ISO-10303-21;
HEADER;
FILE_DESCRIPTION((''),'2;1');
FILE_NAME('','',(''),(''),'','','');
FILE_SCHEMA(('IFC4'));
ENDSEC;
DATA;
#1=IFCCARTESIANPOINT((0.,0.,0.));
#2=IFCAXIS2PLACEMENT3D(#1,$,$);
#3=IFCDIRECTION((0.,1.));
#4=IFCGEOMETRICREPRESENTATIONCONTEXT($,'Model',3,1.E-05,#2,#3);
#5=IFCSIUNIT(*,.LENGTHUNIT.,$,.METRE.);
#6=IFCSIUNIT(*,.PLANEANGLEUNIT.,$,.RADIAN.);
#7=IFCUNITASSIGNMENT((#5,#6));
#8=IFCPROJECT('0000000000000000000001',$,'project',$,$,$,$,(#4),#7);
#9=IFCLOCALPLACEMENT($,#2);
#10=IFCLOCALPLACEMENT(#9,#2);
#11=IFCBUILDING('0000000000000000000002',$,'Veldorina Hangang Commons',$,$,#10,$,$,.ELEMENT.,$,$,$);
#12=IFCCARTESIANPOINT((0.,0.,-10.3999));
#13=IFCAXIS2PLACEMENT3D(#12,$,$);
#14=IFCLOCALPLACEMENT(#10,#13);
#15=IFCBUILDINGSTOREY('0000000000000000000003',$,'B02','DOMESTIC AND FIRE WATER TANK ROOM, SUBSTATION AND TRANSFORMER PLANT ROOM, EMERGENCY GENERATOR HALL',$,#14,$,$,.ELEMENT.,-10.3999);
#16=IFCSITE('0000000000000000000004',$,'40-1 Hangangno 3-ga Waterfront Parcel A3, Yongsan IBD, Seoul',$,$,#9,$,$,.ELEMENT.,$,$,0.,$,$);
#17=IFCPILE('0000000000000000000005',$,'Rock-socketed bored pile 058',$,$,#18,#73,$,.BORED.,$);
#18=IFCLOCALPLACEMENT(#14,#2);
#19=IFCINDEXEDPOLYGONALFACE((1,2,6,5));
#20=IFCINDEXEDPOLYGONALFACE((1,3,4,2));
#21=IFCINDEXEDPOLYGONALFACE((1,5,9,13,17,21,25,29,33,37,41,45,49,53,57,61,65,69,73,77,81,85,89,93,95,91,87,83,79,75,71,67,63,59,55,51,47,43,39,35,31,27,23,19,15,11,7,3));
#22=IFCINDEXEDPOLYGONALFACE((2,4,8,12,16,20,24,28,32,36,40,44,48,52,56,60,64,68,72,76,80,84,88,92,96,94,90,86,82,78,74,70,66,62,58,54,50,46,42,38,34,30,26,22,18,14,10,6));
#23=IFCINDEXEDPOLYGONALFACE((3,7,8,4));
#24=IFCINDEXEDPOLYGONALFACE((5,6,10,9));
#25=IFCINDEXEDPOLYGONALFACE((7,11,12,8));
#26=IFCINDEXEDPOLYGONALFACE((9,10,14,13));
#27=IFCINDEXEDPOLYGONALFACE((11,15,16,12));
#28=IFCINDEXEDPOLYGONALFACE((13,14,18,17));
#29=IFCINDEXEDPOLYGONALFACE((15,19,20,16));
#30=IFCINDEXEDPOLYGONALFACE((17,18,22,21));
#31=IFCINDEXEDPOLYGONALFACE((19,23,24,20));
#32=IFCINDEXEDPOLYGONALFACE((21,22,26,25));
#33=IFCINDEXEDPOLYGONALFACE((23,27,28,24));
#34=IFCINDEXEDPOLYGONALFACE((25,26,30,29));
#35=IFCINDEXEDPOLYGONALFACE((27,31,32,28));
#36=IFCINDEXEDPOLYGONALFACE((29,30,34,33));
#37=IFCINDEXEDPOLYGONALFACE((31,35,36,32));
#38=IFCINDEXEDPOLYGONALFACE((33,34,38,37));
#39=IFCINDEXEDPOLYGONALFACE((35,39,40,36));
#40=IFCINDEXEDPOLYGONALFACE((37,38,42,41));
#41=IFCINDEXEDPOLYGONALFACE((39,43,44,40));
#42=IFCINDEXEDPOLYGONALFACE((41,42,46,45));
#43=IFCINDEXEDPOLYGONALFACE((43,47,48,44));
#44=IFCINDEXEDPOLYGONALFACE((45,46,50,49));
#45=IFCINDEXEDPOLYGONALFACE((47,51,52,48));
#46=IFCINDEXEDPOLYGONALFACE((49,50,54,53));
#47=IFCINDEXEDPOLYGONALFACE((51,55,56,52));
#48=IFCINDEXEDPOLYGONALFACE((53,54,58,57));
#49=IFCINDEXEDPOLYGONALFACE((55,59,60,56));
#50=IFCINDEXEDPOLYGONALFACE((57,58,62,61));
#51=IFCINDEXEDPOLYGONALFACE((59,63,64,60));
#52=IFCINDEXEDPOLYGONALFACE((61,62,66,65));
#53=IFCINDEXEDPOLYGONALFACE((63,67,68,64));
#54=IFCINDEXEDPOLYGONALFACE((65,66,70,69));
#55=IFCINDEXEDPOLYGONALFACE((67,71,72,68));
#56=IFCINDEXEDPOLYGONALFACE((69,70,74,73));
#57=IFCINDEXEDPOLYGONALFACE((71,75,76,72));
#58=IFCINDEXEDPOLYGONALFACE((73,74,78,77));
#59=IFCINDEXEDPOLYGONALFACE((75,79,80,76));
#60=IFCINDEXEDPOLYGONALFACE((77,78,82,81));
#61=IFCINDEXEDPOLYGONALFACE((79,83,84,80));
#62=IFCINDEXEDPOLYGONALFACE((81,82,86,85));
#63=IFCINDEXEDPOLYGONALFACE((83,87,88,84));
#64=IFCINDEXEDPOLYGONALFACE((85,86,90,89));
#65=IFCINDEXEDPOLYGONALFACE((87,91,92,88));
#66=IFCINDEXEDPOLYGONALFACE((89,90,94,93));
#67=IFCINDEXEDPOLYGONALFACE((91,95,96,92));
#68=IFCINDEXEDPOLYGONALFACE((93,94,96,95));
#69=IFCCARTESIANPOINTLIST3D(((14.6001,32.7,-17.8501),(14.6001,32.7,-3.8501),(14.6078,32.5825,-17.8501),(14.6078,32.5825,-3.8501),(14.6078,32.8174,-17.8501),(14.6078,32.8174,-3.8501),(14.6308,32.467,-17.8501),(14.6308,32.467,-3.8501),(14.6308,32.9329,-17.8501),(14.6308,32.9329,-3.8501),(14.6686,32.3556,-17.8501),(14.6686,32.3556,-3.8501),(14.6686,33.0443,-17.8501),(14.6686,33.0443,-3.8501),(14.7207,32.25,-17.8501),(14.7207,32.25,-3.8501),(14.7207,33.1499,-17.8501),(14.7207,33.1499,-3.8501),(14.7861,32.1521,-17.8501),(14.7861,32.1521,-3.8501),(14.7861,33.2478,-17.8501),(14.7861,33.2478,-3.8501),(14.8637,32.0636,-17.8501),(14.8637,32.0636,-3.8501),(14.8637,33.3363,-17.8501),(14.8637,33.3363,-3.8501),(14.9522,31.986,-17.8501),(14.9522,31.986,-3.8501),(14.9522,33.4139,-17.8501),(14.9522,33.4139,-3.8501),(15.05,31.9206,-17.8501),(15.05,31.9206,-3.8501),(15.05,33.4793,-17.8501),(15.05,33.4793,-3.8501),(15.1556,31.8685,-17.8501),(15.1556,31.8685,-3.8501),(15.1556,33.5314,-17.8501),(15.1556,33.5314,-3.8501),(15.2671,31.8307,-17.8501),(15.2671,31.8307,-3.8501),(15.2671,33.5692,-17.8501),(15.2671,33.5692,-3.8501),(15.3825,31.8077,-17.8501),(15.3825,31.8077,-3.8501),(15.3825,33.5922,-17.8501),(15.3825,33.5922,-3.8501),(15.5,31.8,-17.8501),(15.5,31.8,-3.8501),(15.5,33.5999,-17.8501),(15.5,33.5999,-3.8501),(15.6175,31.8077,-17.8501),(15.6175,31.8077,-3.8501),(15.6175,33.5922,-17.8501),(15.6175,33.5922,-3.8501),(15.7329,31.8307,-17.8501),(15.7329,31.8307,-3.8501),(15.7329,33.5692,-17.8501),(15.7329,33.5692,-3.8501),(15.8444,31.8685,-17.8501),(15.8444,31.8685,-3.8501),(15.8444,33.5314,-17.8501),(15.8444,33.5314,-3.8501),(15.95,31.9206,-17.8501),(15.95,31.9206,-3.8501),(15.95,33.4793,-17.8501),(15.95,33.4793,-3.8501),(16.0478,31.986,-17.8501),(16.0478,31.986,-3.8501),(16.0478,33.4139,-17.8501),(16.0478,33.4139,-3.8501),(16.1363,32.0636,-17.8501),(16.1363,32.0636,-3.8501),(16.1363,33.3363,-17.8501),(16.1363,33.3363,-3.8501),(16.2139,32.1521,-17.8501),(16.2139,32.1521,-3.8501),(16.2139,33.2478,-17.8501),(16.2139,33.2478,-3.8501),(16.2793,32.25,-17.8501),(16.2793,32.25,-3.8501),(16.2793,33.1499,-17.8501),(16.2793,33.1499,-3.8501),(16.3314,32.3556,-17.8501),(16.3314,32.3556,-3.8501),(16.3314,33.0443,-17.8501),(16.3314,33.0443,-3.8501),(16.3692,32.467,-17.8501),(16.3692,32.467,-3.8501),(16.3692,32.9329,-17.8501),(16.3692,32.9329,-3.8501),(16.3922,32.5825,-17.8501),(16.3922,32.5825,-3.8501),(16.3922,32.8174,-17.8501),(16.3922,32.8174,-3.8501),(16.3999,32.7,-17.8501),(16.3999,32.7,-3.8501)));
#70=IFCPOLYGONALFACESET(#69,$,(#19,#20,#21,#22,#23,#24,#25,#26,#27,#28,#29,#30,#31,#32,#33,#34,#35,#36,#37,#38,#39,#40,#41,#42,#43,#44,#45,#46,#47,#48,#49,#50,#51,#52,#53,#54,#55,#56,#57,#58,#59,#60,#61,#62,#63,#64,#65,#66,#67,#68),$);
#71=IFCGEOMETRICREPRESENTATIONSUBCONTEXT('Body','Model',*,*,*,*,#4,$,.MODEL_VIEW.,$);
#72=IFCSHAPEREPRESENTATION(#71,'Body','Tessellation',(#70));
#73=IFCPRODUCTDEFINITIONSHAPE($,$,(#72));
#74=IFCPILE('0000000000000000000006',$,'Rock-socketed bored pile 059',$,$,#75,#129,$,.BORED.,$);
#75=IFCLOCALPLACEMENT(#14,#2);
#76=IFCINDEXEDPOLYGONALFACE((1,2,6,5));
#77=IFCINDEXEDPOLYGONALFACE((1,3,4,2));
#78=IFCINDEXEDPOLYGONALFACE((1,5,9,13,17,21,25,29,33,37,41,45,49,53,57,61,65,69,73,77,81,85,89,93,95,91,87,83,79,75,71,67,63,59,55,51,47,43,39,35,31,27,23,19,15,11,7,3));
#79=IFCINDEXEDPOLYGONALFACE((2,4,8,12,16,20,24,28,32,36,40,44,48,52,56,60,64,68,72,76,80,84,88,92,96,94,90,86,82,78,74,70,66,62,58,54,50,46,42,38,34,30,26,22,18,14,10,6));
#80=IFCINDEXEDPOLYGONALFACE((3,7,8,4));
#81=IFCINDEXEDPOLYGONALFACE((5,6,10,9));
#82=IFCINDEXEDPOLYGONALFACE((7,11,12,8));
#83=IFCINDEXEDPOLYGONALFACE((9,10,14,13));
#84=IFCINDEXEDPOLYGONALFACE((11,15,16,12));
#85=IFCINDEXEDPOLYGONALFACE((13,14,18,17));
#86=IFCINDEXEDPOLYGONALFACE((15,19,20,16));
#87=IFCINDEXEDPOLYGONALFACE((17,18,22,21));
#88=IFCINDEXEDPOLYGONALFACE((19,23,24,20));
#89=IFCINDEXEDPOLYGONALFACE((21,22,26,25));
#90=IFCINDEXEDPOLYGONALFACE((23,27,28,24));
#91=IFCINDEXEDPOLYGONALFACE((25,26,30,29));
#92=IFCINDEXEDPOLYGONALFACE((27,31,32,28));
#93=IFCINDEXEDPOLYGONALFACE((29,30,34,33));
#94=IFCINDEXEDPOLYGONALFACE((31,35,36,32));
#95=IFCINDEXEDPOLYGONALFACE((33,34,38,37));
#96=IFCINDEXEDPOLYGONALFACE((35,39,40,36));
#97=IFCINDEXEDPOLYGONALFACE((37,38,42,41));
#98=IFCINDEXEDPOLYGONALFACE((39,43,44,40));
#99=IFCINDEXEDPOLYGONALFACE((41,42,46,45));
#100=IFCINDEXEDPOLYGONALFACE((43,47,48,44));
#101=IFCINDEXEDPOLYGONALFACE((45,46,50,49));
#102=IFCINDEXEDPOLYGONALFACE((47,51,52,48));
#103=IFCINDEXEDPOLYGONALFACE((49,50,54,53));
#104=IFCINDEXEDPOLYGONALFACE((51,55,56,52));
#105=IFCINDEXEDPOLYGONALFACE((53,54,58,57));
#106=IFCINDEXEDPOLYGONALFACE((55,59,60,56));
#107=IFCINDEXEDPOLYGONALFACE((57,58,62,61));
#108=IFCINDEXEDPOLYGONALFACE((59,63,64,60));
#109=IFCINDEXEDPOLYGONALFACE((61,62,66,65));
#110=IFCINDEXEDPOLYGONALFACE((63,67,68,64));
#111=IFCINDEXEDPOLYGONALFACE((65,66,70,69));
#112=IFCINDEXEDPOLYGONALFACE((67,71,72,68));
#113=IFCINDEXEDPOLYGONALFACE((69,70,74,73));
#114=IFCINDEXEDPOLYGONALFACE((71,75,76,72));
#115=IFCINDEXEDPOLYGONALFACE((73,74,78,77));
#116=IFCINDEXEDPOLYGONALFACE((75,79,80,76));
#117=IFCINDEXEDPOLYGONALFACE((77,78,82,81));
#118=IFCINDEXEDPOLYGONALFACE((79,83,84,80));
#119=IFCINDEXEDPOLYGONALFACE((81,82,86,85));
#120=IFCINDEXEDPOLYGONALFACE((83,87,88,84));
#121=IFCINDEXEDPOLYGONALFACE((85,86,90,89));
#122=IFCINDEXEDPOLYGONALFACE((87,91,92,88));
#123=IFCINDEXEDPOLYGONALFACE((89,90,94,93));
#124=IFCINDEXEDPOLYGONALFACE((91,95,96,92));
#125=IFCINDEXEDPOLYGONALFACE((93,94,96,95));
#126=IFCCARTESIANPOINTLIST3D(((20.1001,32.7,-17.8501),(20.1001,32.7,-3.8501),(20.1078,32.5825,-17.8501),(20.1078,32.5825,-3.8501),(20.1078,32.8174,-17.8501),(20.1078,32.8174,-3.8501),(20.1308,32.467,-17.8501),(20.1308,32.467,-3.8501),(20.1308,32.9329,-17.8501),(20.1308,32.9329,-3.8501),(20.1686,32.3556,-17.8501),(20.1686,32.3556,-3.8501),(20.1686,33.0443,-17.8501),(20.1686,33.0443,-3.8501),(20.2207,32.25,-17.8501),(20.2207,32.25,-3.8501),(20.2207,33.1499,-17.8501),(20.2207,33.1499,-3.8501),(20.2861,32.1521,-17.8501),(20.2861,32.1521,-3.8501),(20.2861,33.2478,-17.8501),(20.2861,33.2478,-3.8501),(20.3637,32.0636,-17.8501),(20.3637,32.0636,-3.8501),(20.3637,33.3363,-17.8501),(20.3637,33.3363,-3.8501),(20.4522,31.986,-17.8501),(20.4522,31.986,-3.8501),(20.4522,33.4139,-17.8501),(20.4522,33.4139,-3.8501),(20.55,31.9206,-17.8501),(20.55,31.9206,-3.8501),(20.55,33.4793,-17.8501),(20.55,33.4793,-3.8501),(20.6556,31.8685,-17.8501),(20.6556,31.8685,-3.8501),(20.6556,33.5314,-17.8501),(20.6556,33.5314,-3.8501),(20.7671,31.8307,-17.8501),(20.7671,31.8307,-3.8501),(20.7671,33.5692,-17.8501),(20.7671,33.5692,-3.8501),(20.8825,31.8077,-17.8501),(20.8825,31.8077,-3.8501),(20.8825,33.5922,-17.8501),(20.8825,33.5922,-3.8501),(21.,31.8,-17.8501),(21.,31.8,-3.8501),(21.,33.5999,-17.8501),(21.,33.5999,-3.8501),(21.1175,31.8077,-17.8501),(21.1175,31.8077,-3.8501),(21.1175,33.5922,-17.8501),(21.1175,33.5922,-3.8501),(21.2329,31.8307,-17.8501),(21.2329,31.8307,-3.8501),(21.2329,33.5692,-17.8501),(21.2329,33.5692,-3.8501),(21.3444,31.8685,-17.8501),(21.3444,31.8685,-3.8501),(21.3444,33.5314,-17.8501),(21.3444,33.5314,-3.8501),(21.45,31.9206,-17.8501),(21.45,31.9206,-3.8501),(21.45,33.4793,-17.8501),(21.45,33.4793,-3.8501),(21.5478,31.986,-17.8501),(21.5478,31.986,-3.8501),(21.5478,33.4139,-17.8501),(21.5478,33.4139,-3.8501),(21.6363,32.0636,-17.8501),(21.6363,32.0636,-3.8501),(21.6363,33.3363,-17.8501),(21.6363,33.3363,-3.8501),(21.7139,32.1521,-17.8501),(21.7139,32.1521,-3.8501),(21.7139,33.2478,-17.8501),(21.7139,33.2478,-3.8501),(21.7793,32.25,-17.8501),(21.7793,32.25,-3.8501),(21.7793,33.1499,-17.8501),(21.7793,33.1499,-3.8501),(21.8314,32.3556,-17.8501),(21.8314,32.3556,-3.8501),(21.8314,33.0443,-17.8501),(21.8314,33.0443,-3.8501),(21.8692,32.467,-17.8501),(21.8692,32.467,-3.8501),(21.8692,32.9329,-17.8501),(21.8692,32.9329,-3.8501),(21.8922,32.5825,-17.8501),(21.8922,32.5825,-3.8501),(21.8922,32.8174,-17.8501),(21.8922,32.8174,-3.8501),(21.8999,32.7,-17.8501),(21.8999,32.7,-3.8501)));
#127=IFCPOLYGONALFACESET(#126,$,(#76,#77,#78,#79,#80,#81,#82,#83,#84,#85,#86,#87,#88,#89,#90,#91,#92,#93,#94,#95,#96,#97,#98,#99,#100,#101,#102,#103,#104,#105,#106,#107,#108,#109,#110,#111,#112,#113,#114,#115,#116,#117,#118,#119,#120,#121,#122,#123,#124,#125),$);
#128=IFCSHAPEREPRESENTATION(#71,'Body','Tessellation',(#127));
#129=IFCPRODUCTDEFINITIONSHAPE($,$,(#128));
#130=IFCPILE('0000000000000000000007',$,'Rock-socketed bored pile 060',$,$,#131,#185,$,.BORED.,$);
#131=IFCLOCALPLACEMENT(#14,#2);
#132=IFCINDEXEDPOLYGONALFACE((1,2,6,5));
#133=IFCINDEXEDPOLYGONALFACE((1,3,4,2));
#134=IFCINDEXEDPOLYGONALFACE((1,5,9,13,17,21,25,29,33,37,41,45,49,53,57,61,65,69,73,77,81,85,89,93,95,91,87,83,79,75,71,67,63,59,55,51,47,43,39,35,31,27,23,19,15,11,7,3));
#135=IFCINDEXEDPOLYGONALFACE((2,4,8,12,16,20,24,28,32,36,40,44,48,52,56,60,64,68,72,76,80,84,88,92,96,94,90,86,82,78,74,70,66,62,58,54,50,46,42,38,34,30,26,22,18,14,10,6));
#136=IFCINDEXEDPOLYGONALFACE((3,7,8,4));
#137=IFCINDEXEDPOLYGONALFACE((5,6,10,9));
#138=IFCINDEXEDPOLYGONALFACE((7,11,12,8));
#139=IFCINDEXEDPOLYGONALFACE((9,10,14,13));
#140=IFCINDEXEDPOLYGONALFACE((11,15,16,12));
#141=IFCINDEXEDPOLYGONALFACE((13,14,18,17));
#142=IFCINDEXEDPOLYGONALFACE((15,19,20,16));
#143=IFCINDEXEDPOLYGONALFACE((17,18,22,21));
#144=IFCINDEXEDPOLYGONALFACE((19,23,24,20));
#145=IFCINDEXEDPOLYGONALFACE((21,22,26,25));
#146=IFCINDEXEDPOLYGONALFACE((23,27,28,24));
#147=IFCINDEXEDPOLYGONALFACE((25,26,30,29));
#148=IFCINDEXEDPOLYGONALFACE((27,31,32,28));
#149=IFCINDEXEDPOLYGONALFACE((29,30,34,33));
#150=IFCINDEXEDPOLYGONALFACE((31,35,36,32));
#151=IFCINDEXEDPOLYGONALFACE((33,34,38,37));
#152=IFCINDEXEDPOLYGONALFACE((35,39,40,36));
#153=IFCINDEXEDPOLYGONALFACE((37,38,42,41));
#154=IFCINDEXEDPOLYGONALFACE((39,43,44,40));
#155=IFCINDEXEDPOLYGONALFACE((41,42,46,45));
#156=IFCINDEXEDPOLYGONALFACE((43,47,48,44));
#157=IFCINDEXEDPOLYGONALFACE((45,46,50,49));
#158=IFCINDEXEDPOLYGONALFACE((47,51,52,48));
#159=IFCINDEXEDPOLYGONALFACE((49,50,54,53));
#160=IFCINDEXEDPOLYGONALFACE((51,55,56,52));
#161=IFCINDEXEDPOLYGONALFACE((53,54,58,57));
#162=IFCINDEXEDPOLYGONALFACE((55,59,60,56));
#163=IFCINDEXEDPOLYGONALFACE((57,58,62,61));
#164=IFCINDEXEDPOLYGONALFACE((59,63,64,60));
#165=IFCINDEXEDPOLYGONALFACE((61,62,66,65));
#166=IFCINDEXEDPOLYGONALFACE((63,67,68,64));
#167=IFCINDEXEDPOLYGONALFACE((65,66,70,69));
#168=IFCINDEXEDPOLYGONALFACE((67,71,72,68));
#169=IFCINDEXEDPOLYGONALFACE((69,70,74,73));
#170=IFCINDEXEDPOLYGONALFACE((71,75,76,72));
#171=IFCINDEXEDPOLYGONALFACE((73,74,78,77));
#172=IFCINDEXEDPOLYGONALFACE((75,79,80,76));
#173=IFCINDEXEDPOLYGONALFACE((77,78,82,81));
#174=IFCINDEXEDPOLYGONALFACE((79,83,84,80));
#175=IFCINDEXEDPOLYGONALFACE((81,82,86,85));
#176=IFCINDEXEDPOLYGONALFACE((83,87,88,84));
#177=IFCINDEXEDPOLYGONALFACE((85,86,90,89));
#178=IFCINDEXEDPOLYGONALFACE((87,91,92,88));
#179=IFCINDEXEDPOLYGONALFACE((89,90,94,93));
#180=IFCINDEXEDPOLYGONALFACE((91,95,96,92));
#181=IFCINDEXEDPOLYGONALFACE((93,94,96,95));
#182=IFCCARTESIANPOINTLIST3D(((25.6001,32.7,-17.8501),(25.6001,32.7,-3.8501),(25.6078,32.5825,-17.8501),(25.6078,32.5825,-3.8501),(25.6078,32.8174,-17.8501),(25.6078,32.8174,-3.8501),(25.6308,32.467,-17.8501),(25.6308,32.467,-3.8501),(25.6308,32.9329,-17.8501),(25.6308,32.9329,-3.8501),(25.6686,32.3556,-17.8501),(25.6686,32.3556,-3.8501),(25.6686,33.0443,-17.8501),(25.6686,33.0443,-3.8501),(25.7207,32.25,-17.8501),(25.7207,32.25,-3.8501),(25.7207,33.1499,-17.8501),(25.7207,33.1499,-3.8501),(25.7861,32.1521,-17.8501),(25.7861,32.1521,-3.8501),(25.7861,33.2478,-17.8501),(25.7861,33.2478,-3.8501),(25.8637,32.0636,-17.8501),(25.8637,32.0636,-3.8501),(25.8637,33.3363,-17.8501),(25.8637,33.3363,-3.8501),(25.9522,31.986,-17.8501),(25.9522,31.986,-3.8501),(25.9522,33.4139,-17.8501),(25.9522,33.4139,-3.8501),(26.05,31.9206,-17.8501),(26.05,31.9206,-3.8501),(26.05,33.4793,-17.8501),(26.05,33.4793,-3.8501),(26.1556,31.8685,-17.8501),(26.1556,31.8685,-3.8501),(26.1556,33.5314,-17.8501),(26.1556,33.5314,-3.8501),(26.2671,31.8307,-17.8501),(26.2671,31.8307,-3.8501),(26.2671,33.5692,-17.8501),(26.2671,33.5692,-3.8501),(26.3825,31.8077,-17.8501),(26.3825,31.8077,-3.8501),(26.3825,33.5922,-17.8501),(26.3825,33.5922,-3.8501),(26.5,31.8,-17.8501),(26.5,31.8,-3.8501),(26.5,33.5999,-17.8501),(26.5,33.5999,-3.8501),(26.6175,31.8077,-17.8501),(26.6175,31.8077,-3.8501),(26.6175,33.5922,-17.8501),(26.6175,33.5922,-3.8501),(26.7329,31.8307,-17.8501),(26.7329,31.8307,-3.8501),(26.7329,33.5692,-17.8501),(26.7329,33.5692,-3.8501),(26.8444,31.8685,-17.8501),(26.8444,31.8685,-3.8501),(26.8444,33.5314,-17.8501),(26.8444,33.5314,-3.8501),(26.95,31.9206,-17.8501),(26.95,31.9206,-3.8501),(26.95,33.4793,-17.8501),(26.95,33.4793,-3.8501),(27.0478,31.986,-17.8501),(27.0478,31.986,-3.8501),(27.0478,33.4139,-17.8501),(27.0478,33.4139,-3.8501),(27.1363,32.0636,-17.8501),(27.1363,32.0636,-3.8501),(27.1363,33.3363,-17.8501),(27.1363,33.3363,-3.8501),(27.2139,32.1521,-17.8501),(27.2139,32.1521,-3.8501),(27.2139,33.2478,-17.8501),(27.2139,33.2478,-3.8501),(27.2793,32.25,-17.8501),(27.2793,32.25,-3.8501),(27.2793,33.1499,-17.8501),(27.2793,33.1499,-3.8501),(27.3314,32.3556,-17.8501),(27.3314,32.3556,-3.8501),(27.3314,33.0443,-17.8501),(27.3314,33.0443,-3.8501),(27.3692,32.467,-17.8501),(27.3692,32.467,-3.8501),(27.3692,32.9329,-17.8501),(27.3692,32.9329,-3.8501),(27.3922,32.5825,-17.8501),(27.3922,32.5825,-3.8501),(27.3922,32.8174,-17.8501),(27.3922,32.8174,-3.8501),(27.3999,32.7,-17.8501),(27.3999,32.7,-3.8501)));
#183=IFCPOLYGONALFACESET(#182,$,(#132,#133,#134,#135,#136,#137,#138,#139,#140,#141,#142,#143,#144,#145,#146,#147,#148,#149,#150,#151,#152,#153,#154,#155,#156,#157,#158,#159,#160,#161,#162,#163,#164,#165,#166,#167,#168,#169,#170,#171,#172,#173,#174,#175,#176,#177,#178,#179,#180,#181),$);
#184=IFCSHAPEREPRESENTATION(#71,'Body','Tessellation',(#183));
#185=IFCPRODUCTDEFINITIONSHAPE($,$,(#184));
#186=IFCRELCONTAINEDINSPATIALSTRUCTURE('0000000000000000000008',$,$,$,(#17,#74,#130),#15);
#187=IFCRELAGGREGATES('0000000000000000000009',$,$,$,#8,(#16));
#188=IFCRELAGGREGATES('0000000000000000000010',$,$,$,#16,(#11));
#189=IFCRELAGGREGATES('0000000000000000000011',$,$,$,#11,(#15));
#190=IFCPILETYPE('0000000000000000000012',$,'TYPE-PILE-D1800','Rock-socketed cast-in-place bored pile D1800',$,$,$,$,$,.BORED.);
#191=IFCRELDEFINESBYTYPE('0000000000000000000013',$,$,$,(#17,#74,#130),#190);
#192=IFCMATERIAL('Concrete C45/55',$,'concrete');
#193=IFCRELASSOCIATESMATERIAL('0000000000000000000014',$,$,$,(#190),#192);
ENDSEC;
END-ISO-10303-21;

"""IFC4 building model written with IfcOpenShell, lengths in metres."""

from ifc_helpers import new_model, si_unit, direction, frame, origin, origin_2d, place, context, subcontext, project, spatial, circle, extrude, material, material_profile, profile_set, type_object, element, save


model = new_model("IFC4")

# Units and contexts
model_context = context("Model", 3, precision=1e-05, world=origin(), true_north=direction((0.0, 1.0)))
body_context = subcontext(model_context, "Body", "Model", "MODEL_VIEW")
ifc_project = project(units=[si_unit("LENGTHUNIT", "METRE"), si_unit("PLANEANGLEUNIT", "RADIAN")], contexts=[model_context])

# Site, building, storey
site_placement = place(None, origin())
site = spatial("IfcSite", under=ifc_project, at=site_placement, Name="40-1 Hangangno 3-ga Waterfront Parcel A3, Yongsan IBD, Seoul", CompositionType="ELEMENT", RefElevation=0.0)
building_placement = place(site_placement, origin())
building = spatial("IfcBuilding", under=site, at=building_placement, Name="Veldorina Hangang Commons", CompositionType="ELEMENT")
storey_placement = place(building_placement, frame((0.0, 0.0, -10.3999)))
storey = spatial("IfcBuildingStorey", under=building, at=storey_placement, Name="B02", Description="DOMESTIC AND FIRE WATER TANK ROOM, SUBSTATION AND TRANSFORMER PLANT ROOM, EMERGENCY GENERATOR HALL", CompositionType="ELEMENT", Elevation=-10.3999)

# Piles
ifc_material_1 = material(Name="Concrete C45/55", Category="concrete")
ifc_material_profile_1 = material_profile(ifc_material_1, circle(Radius=0.8999, at=origin_2d()), Name="PILE-D1800")
ifc_profile_set_1 = profile_set([ifc_material_profile_1], Name="Concrete C45/55")
pile_type_1 = type_object("IfcPileType", Name="TYPE-PILE-D1800", Description="Rock-socketed cast-in-place bored pile D1800", PredefinedType="BORED", material=ifc_profile_set_1)
for number, where, z_axis, x_axis, name in (
    (1, (15.5, 32.7, -3.8501), (0.0, 0.0, -1.0), (1.0, 0.0, 0.0), "Rock-socketed bored pile 058"),
    (2, (21.0, 32.7, -3.8501), (0.0, 0.0, -1.0), (1.0, 0.0, 0.0), "Rock-socketed bored pile 059"),
    (3, (26.5, 32.7, -3.8501), (0.0, 0.0, -1.0), (1.0, 0.0, 0.0), "Rock-socketed bored pile 060"),
):
    element("IfcPile", number, at=place(storey_placement, frame(where, z_axis=z_axis, x_axis=x_axis)), inside=storey, type_object=pile_type_1, Name=name, PredefinedType="BORED", context=body_context, shape_type="SweptSolid", body=[
        extrude(circle(Radius=0.8999, at=origin_2d()), origin(), (0.0, 0.0, 1.0), 14.0),
    ])

save(model, "model.ifc")
